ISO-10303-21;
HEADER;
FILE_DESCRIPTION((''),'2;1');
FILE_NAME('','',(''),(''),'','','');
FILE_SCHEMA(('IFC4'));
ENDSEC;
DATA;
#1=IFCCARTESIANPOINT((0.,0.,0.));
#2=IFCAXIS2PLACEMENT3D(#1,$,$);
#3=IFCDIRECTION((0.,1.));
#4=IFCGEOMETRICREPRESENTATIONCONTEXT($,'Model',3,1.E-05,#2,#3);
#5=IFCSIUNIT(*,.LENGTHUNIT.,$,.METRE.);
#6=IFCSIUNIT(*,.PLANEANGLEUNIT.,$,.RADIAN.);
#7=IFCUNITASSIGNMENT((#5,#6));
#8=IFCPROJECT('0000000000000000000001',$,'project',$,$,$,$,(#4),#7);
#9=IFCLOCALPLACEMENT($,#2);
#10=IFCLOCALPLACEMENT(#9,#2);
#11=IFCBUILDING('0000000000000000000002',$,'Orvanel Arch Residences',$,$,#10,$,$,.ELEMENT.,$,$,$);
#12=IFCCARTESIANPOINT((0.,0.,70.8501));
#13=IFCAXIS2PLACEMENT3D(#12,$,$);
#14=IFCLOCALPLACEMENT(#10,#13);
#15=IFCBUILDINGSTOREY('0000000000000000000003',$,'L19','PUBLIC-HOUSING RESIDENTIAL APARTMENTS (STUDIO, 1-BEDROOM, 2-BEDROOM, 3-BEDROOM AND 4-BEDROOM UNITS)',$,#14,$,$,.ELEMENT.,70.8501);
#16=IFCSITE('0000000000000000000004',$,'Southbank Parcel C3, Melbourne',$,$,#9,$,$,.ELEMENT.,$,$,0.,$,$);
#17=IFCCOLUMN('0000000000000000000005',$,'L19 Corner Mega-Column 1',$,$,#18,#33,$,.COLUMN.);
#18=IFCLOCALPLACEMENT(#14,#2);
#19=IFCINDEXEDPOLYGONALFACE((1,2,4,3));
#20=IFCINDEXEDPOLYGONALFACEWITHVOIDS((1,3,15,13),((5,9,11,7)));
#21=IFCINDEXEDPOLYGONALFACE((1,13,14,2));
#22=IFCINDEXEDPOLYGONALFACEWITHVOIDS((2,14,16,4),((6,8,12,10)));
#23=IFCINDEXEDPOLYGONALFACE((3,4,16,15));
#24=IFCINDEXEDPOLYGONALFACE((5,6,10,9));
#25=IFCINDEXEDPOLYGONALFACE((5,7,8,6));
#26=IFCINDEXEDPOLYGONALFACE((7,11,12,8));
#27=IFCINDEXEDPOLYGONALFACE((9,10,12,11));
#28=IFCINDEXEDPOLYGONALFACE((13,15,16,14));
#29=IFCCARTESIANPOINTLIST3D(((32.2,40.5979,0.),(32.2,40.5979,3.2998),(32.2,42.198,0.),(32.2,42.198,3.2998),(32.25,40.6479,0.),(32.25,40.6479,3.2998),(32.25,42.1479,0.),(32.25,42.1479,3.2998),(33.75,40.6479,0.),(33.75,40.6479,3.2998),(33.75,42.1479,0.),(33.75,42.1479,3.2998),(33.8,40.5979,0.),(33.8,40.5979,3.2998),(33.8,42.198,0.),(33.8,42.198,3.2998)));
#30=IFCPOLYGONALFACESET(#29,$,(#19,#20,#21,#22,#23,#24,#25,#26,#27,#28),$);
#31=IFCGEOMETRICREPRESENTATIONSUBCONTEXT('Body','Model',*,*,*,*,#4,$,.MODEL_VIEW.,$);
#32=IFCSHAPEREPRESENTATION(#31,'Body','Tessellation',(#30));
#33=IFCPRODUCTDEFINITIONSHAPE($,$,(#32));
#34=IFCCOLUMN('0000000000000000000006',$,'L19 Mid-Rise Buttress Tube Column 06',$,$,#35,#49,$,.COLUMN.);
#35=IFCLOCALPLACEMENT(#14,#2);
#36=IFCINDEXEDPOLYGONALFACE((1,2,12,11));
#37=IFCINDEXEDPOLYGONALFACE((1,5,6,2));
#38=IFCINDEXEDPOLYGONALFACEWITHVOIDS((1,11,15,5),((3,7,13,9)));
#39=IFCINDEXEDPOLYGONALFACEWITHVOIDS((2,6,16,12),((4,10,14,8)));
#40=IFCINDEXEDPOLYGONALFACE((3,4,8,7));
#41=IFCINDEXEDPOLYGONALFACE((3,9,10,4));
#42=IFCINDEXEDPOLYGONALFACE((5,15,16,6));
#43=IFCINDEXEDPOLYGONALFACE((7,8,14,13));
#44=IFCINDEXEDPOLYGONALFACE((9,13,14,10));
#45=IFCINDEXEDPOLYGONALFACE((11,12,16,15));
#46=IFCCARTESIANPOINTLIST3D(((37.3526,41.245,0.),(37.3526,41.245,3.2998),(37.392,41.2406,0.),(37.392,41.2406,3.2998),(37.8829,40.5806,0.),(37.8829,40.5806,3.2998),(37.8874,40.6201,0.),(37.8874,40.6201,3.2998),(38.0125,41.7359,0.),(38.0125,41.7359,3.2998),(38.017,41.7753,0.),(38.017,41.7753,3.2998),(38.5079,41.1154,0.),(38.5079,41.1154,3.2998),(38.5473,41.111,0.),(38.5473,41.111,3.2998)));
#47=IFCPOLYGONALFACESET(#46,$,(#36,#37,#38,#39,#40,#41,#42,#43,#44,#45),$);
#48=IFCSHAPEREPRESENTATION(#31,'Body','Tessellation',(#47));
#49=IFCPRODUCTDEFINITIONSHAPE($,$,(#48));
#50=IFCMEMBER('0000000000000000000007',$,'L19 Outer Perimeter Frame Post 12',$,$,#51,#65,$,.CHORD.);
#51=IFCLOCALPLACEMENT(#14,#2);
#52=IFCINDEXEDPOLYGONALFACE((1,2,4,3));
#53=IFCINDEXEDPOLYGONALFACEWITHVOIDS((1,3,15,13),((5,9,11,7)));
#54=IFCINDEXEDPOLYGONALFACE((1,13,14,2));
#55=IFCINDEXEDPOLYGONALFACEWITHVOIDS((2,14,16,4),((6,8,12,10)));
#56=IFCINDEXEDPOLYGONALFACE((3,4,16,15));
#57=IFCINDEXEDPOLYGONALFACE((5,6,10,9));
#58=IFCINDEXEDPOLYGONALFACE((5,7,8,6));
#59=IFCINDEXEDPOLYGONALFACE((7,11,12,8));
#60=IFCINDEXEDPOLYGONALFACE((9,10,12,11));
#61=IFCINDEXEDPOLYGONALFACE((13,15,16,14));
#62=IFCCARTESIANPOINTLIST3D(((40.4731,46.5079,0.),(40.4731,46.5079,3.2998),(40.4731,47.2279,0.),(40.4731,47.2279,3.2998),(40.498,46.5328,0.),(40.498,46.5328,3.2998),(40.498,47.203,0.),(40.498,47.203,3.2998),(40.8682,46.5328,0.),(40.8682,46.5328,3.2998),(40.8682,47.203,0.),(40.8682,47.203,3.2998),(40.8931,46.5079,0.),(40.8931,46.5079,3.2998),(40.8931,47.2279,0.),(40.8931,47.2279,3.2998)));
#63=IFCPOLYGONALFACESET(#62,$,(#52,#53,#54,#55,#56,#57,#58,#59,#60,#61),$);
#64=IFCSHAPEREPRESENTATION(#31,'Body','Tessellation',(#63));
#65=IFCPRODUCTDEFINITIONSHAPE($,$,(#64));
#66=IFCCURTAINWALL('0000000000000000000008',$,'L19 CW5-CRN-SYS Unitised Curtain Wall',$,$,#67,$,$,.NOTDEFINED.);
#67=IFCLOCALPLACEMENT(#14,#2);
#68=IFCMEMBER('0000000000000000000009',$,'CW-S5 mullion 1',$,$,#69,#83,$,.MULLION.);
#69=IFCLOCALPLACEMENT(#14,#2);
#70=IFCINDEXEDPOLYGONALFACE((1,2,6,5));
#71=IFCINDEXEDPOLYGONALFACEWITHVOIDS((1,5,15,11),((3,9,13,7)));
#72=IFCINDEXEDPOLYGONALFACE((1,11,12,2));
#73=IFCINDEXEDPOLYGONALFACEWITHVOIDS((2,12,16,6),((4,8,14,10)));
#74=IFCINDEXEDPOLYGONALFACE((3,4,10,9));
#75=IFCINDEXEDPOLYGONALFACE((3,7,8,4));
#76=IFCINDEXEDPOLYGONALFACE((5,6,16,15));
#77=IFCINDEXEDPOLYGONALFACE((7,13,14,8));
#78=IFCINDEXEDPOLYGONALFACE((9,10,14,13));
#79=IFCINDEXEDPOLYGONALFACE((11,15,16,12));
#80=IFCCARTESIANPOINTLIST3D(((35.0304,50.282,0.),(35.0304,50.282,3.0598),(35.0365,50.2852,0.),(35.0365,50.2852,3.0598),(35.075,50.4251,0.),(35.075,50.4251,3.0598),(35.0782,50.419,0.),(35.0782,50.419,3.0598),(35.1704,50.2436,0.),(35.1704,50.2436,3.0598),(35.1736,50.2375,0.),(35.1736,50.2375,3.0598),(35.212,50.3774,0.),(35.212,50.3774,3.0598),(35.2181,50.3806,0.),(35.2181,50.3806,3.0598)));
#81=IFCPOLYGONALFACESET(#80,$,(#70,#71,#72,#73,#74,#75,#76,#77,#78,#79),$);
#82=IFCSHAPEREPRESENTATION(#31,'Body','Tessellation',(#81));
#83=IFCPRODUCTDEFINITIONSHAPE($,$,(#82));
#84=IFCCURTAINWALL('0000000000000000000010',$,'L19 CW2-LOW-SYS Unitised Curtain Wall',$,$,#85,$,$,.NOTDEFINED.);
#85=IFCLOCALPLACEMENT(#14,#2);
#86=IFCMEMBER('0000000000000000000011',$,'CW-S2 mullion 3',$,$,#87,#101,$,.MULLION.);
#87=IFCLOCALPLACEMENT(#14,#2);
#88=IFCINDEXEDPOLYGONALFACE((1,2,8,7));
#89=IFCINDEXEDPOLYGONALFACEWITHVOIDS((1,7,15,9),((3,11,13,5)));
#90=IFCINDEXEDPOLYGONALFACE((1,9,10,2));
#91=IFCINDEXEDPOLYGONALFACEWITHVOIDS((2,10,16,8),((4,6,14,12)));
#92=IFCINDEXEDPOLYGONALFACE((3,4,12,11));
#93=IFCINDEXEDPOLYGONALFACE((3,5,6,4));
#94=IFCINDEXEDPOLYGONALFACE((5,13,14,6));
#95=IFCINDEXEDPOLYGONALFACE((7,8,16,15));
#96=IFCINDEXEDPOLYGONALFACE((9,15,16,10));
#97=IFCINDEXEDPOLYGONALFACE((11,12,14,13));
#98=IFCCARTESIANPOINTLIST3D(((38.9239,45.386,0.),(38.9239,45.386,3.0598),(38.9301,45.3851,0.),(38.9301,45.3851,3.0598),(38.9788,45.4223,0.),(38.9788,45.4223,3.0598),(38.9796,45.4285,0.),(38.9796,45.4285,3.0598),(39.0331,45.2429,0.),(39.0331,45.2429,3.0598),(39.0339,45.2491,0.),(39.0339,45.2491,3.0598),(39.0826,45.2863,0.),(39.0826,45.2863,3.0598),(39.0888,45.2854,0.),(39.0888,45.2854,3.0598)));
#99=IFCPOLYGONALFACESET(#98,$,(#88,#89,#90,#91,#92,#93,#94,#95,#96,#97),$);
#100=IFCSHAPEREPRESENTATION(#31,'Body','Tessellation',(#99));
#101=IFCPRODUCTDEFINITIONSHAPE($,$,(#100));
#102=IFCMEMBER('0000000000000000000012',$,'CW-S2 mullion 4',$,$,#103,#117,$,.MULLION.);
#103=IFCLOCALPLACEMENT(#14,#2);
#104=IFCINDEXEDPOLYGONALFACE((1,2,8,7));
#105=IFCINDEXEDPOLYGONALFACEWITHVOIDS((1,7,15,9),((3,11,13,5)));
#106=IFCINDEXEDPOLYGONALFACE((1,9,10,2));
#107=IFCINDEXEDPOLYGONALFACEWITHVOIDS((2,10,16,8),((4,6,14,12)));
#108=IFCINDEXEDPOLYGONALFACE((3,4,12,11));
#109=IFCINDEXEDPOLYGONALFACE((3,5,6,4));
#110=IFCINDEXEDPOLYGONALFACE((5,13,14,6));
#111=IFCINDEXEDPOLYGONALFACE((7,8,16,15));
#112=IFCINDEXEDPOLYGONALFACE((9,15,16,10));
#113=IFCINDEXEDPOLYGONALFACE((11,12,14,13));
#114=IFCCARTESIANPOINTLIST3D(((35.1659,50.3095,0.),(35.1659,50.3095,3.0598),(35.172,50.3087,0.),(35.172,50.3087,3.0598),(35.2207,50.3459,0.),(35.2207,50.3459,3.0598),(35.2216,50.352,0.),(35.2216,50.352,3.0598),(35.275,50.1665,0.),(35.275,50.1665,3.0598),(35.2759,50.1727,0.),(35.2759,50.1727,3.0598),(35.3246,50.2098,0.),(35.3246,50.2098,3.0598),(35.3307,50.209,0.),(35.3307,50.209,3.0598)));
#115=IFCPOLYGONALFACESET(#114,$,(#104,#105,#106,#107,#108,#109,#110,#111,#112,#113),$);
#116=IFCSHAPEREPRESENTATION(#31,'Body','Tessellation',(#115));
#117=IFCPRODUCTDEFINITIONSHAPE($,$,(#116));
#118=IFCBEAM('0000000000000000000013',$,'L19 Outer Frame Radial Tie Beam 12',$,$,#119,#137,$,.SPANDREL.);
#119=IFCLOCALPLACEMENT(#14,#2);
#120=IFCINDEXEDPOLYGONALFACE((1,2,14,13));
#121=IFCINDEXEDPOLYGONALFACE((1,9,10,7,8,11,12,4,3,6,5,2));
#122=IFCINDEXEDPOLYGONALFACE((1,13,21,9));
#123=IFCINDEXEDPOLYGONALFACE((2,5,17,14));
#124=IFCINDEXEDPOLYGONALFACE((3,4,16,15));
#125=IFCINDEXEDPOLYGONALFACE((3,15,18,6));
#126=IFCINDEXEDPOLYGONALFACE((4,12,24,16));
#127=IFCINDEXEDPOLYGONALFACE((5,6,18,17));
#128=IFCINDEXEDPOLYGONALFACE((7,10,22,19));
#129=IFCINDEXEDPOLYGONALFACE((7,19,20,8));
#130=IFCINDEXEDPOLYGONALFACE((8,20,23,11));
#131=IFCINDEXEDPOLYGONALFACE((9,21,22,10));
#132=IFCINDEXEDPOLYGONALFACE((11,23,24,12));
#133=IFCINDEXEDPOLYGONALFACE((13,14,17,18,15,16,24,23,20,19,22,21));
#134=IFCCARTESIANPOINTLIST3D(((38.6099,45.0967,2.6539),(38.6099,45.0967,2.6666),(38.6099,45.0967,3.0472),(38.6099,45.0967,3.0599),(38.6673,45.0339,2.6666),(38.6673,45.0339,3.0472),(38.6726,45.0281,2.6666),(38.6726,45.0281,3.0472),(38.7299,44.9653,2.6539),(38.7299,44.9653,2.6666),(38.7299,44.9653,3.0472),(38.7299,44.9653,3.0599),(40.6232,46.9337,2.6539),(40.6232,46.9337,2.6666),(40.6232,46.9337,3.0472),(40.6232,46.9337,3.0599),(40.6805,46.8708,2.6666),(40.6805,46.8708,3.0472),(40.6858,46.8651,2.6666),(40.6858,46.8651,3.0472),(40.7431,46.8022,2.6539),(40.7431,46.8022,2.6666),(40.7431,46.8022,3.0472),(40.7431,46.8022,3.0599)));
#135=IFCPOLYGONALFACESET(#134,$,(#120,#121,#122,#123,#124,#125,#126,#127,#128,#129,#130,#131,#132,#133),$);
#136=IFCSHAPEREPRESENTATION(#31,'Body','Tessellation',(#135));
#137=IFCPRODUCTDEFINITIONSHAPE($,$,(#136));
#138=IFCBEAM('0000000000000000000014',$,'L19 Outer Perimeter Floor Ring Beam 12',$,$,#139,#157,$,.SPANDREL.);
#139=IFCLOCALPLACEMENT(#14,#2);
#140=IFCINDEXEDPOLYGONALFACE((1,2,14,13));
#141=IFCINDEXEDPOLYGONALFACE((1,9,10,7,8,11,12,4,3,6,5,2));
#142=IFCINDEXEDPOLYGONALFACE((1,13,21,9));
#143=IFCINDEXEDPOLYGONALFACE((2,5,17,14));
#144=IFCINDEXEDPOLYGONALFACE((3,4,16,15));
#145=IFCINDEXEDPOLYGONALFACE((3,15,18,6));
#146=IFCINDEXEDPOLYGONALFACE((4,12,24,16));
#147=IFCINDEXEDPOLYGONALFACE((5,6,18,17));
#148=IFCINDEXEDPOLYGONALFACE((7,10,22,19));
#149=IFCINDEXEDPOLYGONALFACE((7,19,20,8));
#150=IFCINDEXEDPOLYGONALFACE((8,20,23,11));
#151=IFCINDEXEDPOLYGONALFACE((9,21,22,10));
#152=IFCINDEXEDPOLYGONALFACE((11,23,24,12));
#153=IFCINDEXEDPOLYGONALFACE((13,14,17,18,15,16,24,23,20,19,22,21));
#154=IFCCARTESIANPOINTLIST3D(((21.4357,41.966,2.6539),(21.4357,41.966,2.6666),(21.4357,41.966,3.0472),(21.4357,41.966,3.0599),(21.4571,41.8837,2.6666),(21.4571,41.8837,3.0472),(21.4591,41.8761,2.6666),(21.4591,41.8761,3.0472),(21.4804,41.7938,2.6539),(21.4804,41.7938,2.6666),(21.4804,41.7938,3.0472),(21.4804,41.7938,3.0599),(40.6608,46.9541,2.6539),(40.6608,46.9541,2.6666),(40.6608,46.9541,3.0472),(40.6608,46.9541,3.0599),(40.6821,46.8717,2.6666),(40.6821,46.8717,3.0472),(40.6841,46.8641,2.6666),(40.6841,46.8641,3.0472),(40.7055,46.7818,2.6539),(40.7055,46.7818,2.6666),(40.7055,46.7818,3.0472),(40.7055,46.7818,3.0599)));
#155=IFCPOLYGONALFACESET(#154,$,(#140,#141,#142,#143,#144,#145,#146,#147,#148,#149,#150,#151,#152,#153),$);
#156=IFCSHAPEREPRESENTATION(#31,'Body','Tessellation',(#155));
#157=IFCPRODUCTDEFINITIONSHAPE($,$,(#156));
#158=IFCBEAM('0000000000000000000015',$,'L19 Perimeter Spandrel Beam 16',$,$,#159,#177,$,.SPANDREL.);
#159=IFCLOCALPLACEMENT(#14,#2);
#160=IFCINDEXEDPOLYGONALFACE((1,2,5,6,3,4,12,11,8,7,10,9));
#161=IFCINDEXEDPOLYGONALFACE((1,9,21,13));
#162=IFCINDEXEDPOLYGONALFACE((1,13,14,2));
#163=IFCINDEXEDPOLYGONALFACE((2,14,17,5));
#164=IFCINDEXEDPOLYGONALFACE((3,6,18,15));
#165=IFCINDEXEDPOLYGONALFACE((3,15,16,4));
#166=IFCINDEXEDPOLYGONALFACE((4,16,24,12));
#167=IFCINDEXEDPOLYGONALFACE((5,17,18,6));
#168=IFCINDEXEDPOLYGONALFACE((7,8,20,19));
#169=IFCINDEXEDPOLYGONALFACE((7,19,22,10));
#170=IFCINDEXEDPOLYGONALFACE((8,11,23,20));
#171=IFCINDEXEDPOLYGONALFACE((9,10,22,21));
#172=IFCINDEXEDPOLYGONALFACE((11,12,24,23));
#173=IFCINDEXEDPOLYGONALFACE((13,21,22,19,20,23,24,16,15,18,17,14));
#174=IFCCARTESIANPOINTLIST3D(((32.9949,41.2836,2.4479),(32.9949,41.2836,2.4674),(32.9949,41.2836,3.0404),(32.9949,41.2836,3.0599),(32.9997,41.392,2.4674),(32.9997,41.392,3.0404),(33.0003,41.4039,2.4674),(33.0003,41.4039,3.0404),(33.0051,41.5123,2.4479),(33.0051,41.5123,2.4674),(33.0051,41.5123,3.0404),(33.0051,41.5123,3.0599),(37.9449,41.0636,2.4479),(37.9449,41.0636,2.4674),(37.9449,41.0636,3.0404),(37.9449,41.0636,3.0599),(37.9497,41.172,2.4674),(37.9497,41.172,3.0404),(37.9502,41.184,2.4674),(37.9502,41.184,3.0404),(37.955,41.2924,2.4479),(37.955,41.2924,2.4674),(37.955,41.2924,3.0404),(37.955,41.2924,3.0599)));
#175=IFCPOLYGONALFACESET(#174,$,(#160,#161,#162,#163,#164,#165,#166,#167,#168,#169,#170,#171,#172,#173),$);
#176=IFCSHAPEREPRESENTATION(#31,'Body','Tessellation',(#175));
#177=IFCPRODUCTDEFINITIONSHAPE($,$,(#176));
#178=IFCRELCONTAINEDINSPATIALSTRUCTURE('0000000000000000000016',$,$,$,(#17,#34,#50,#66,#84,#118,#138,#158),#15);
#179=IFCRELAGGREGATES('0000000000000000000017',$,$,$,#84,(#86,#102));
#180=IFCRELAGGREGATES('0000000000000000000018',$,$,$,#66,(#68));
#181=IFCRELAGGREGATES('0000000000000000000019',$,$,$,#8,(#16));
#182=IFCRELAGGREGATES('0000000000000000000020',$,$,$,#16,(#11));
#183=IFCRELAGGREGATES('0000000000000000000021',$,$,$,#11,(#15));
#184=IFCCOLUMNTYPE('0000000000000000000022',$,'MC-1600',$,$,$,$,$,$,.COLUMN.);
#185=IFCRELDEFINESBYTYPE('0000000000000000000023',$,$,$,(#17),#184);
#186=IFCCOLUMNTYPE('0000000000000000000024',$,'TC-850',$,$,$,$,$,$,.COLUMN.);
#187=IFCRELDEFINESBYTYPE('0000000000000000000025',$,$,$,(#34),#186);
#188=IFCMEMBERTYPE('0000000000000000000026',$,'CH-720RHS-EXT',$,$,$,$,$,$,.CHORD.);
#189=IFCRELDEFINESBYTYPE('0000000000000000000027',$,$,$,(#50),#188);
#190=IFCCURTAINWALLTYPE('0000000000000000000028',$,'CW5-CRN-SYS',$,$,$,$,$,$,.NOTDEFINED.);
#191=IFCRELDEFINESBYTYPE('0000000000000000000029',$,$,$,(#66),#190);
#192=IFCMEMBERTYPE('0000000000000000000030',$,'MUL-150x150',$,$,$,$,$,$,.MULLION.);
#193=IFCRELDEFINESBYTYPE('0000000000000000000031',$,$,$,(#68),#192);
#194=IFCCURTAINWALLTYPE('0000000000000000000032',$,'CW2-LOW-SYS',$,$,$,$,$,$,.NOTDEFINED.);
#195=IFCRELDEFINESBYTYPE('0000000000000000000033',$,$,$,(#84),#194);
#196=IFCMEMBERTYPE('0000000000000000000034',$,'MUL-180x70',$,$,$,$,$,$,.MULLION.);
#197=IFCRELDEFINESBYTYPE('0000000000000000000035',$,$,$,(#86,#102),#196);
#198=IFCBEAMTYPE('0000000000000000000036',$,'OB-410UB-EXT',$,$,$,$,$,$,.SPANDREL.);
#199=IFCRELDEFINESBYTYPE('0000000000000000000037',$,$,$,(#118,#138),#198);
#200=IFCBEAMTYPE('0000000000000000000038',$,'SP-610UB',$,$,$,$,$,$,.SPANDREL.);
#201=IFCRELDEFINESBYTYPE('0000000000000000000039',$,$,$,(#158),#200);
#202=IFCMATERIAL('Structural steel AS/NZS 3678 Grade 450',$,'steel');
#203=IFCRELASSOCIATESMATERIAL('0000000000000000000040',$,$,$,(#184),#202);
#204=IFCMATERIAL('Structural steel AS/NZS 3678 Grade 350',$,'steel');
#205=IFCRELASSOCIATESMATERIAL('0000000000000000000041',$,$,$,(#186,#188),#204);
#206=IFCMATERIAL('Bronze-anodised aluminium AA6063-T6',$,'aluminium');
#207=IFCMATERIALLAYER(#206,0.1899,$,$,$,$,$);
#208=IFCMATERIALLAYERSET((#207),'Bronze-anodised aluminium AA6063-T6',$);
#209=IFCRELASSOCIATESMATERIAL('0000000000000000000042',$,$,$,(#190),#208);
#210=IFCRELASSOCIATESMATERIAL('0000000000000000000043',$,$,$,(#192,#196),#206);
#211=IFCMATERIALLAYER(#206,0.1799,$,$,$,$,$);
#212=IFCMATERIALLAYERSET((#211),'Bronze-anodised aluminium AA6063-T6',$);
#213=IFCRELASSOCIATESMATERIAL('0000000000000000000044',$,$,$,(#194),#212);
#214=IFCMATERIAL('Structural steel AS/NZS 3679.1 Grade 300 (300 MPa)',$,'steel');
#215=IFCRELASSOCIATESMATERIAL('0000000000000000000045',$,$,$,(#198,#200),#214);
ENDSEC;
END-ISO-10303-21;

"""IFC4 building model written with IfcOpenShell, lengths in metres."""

from ifc_helpers import new_model, si_unit, direction, frame, origin, origin_2d, place, context, subcontext, project, spatial, hollow_rectangle, i_section, extrude, material, layer, layer_set, material_profile, profile_set, type_object, element, aggregate, save


model = new_model("IFC4")

# Units and contexts
model_context = context("Model", 3, precision=1e-05, world=origin(), true_north=direction((0.0, 1.0)))
body_context = subcontext(model_context, "Body", "Model", "MODEL_VIEW")
ifc_project = project(units=[si_unit("LENGTHUNIT", "METRE"), si_unit("PLANEANGLEUNIT", "RADIAN")], contexts=[model_context])

# Site, building, storey
site_placement = place(None, origin())
site = spatial("IfcSite", under=ifc_project, at=site_placement, Name="Southbank Parcel C3, Melbourne", CompositionType="ELEMENT", RefElevation=0.0)
building_placement = place(site_placement, origin())
building = spatial("IfcBuilding", under=site, at=building_placement, Name="Orvanel Arch Residences", CompositionType="ELEMENT")
storey_placement = place(building_placement, frame((0.0, 0.0, 70.8501)))
storey = spatial("IfcBuildingStorey", under=building, at=storey_placement, Name="L19", Description="PUBLIC-HOUSING RESIDENTIAL APARTMENTS (STUDIO, 1-BEDROOM, 2-BEDROOM, 3-BEDROOM AND 4-BEDROOM UNITS)", CompositionType="ELEMENT", Elevation=70.8501)

# Columns
ifc_material_1 = material(Name="Structural steel AS/NZS 3678 Grade 450", Category="steel")
ifc_material_profile_1 = material_profile(ifc_material_1, hollow_rectangle(XDim=1.6001, YDim=1.6001, WallThickness=0.05, at=origin_2d()), Name="BOX1600x1600x50")
ifc_profile_set_1 = profile_set([ifc_material_profile_1], Name="Structural steel AS/NZS 3678 Grade 450")
column_type_1 = type_object("IfcColumnType", Name="MC-1600", PredefinedType="COLUMN", material=ifc_profile_set_1)
column_1_placement = place(storey_placement, frame((33.0, 41.3979, 0.0), z_axis=(0.0, 0.0, 1.0), x_axis=(1.0, 0.0, 0.0)))
element("IfcColumn", 1, at=column_1_placement, inside=storey, type_object=column_type_1, Name="L19 Corner Mega-Column 1", PredefinedType="COLUMN", context=body_context, shape_type="SweptSolid", body=[
    extrude(hollow_rectangle(XDim=1.6001, YDim=1.6001, WallThickness=0.05, at=origin_2d()), origin(), (0.0, 0.0, 1.0), 3.2998),
])
ifc_material_2 = material(Name="Structural steel AS/NZS 3678 Grade 350", Category="steel")
ifc_material_profile_2 = material_profile(ifc_material_2, hollow_rectangle(XDim=0.8501, YDim=0.8501, WallThickness=0.0281, at=origin_2d()), Name="BOX850x850x28")
ifc_profile_set_2 = profile_set([ifc_material_profile_2], Name="Structural steel AS/NZS 3678 Grade 350")
column_type_2 = type_object("IfcColumnType", Name="TC-850", PredefinedType="COLUMN", material=ifc_profile_set_2)
column_2_placement = place(storey_placement, frame((37.95, 41.178, 0.0), z_axis=(0.0, 0.0, 1.0), x_axis=(-0.62388, 0.78152, 0.0)))
element("IfcColumn", 2, at=column_2_placement, inside=storey, type_object=column_type_2, Name="L19 Mid-Rise Buttress Tube Column 06", PredefinedType="COLUMN", context=body_context, shape_type="SweptSolid", body=[
    extrude(hollow_rectangle(XDim=0.8501, YDim=0.8501, WallThickness=0.0281, at=origin_2d()), origin(), (0.0, 0.0, 1.0), 3.2998),
])

# Member
ifc_material_profile_3 = material_profile(ifc_material_2, hollow_rectangle(XDim=0.4199, YDim=0.72, WallThickness=0.0249, at=origin_2d()), Name="RHS720x420x25")
ifc_profile_set_3 = profile_set([ifc_material_profile_3], Name="Structural steel AS/NZS 3678 Grade 350")
member_type_1 = type_object("IfcMemberType", Name="CH-720RHS-EXT", PredefinedType="CHORD", material=ifc_profile_set_3)
member_1_placement = place(storey_placement, frame((40.6831, 46.8679, 0.0), z_axis=(0.0, 0.0, 1.0), x_axis=(1.0, 0.0, 0.0)))
element("IfcMember", 3, at=member_1_placement, inside=storey, type_object=member_type_1, Name="L19 Outer Perimeter Frame Post 12", PredefinedType="CHORD", context=body_context, shape_type="SweptSolid", body=[
    extrude(hollow_rectangle(XDim=0.4199, YDim=0.72, WallThickness=0.0249, at=origin_2d()), origin(), (0.0, 0.0, 1.0), 3.2998),
])

# Curtain wall, member
ifc_material_3 = material(Name="Bronze-anodised aluminium AA6063-T6", Category="aluminium")
ifc_layer_1 = layer(ifc_material_3, 0.1899)
ifc_layer_set_1 = layer_set([ifc_layer_1], Name="Bronze-anodised aluminium AA6063-T6")
curtain_wall_type_1 = type_object("IfcCurtainWallType", Name="CW5-CRN-SYS", PredefinedType="NOTDEFINED", material=ifc_layer_set_1)
curtain_wall_1_placement = place(storey_placement, origin())
curtain_wall_1 = element("IfcCurtainWall", 4, at=curtain_wall_1_placement, inside=storey, type_object=curtain_wall_type_1, Name="L19 CW5-CRN-SYS Unitised Curtain Wall", PredefinedType="NOTDEFINED")
ifc_material_profile_4 = material_profile(ifc_material_3, hollow_rectangle(XDim=0.1499, YDim=0.1499, WallThickness=0.0049, at=origin_2d()), Name="ALU150x150x5")
ifc_profile_set_4 = profile_set([ifc_material_profile_4], Name="Bronze-anodised aluminium AA6063-T6")
member_type_2 = type_object("IfcMemberType", Name="MUL-150x150", PredefinedType="MULLION", material=ifc_profile_set_4)
member_2_placement = place(storey_placement, frame((35.1243, 50.3313, 0.0), z_axis=(0.0, 0.0, 1.0), x_axis=(-0.2971, -0.954846, 0.0)))
member_2 = element("IfcMember", 5, at=member_2_placement, type_object=member_type_2, Name="CW-S5 mullion 1", PredefinedType="MULLION", context=body_context, shape_type="SweptSolid", body=[
    extrude(hollow_rectangle(XDim=0.1499, YDim=0.1499, WallThickness=0.0049, at=origin_2d()), origin(), (0.0, 0.0, 1.0), 3.0598),
])

# Curtain wall, members
ifc_layer_2 = layer(ifc_material_3, 0.1799)
ifc_layer_set_2 = layer_set([ifc_layer_2], Name="Bronze-anodised aluminium AA6063-T6")
curtain_wall_type_2 = type_object("IfcCurtainWallType", Name="CW2-LOW-SYS", PredefinedType="NOTDEFINED", material=ifc_layer_set_2)
curtain_wall_2_placement = place(storey_placement, origin())
curtain_wall_2 = element("IfcCurtainWall", 6, at=curtain_wall_2_placement, inside=storey, type_object=curtain_wall_type_2, Name="L19 CW2-LOW-SYS Unitised Curtain Wall", PredefinedType="NOTDEFINED")
ifc_material_profile_5 = material_profile(ifc_material_3, hollow_rectangle(XDim=0.0701, YDim=0.1799, WallThickness=0.0044, at=origin_2d()), Name="ALU180x70x4.5")
ifc_profile_set_5 = profile_set([ifc_material_profile_5], Name="Bronze-anodised aluminium AA6063-T6")
member_type_3 = type_object("IfcMemberType", Name="MUL-180x70", PredefinedType="MULLION", material=ifc_profile_set_5)
member_3_placement = place(storey_placement, frame((39.0063, 45.3357, 0.0), z_axis=(0.0, 0.0, 1.0), x_axis=(-0.794898, -0.606743, 0.0)))
member_3 = element("IfcMember", 7, at=member_3_placement, type_object=member_type_3, Name="CW-S2 mullion 3", PredefinedType="MULLION", context=body_context, shape_type="SweptSolid", body=[
    extrude(hollow_rectangle(XDim=0.0701, YDim=0.1799, WallThickness=0.0044, at=origin_2d()), origin(), (0.0, 0.0, 1.0), 3.0598),
])
member_4_placement = place(storey_placement, frame((35.2483, 50.2593, 0.0), z_axis=(0.0, 0.0, 1.0), x_axis=(-0.794898, -0.606743, 0.0)))
member_4 = element("IfcMember", 8, at=member_4_placement, type_object=member_type_3, Name="CW-S2 mullion 4", PredefinedType="MULLION", context=body_context, shape_type="SweptSolid", body=[
    extrude(hollow_rectangle(XDim=0.0701, YDim=0.1799, WallThickness=0.0044, at=origin_2d()), origin(), (0.0, 0.0, 1.0), 3.0598),
])

# Beams
ifc_material_4 = material(Name="Structural steel AS/NZS 3679.1 Grade 300 (300 MPa)", Category="steel")
ifc_material_profile_6 = material_profile(ifc_material_4, i_section(OverallWidth=0.178, OverallDepth=0.406, WebThickness=0.0078, FlangeThickness=0.0127, at=origin_2d()), Name="410UB59.7")
ifc_profile_set_6 = profile_set([ifc_material_profile_6], Name="Structural steel AS/NZS 3679.1 Grade 300 (300 MPa)")
beam_type_1 = type_object("IfcBeamType", Name="OB-410UB-EXT", PredefinedType="SPANDREL", material=ifc_profile_set_6)
beam_1_placement = place(storey_placement, frame((38.6699, 45.031, 2.8569), z_axis=(0.738707, 0.674027, 0.0), x_axis=(-0.674027, 0.738707, 0.0)))
element("IfcBeam", 9, at=beam_1_placement, inside=storey, type_object=beam_type_1, Name="L19 Outer Frame Radial Tie Beam 12", PredefinedType="SPANDREL", context=body_context, shape_type="SweptSolid", body=[
    extrude(i_section(OverallWidth=0.178, OverallDepth=0.406, WebThickness=0.0078, FlangeThickness=0.0127, at=origin_2d()), origin(), (0.0, 0.0, 1.0), 2.7253),
])
beam_2_placement = place(storey_placement, frame((40.6831, 46.8679, 2.8569), z_axis=(-0.967951, -0.251139, 0.0), x_axis=(0.251139, -0.967951, 0.0)))
element("IfcBeam", 10, at=beam_2_placement, inside=storey, type_object=beam_type_1, Name="L19 Outer Perimeter Floor Ring Beam 12", PredefinedType="SPANDREL", context=body_context, shape_type="SweptSolid", body=[
    extrude(i_section(OverallWidth=0.178, OverallDepth=0.406, WebThickness=0.0078, FlangeThickness=0.0127, at=origin_2d()), origin(), (0.0, 0.0, 1.0), 19.8616),
])
ifc_material_profile_7 = material_profile(ifc_material_4, i_section(OverallWidth=0.229, OverallDepth=0.6121, WebThickness=0.012, FlangeThickness=0.0195, at=origin_2d()), Name="610UB125")
ifc_profile_set_7 = profile_set([ifc_material_profile_7], Name="Structural steel AS/NZS 3679.1 Grade 300 (300 MPa)")
beam_type_2 = type_object("IfcBeamType", Name="SP-610UB", PredefinedType="SPANDREL", material=ifc_profile_set_7)
for number, where, z_axis, x_axis, name in (
    (11, (37.95, 41.178, 2.7539), (-0.999014, 0.044395, 0.0), (-0.044395, -0.999014, 0.0), "L19 Perimeter Spandrel Beam 16"),
):
    element("IfcBeam", number, at=place(storey_placement, frame(where, z_axis=z_axis, x_axis=x_axis)), inside=storey, type_object=beam_type_2, Name=name, PredefinedType="SPANDREL", context=body_context, shape_type="SweptSolid", body=[
        extrude(i_section(OverallWidth=0.229, OverallDepth=0.6121, WebThickness=0.012, FlangeThickness=0.0195, at=origin_2d()), origin(), (0.0, 0.0, 1.0), 4.9548),
    ])

aggregate(curtain_wall_2, [member_3, member_4])
aggregate(curtain_wall_1, [member_2])

save(model, "model.ifc")
